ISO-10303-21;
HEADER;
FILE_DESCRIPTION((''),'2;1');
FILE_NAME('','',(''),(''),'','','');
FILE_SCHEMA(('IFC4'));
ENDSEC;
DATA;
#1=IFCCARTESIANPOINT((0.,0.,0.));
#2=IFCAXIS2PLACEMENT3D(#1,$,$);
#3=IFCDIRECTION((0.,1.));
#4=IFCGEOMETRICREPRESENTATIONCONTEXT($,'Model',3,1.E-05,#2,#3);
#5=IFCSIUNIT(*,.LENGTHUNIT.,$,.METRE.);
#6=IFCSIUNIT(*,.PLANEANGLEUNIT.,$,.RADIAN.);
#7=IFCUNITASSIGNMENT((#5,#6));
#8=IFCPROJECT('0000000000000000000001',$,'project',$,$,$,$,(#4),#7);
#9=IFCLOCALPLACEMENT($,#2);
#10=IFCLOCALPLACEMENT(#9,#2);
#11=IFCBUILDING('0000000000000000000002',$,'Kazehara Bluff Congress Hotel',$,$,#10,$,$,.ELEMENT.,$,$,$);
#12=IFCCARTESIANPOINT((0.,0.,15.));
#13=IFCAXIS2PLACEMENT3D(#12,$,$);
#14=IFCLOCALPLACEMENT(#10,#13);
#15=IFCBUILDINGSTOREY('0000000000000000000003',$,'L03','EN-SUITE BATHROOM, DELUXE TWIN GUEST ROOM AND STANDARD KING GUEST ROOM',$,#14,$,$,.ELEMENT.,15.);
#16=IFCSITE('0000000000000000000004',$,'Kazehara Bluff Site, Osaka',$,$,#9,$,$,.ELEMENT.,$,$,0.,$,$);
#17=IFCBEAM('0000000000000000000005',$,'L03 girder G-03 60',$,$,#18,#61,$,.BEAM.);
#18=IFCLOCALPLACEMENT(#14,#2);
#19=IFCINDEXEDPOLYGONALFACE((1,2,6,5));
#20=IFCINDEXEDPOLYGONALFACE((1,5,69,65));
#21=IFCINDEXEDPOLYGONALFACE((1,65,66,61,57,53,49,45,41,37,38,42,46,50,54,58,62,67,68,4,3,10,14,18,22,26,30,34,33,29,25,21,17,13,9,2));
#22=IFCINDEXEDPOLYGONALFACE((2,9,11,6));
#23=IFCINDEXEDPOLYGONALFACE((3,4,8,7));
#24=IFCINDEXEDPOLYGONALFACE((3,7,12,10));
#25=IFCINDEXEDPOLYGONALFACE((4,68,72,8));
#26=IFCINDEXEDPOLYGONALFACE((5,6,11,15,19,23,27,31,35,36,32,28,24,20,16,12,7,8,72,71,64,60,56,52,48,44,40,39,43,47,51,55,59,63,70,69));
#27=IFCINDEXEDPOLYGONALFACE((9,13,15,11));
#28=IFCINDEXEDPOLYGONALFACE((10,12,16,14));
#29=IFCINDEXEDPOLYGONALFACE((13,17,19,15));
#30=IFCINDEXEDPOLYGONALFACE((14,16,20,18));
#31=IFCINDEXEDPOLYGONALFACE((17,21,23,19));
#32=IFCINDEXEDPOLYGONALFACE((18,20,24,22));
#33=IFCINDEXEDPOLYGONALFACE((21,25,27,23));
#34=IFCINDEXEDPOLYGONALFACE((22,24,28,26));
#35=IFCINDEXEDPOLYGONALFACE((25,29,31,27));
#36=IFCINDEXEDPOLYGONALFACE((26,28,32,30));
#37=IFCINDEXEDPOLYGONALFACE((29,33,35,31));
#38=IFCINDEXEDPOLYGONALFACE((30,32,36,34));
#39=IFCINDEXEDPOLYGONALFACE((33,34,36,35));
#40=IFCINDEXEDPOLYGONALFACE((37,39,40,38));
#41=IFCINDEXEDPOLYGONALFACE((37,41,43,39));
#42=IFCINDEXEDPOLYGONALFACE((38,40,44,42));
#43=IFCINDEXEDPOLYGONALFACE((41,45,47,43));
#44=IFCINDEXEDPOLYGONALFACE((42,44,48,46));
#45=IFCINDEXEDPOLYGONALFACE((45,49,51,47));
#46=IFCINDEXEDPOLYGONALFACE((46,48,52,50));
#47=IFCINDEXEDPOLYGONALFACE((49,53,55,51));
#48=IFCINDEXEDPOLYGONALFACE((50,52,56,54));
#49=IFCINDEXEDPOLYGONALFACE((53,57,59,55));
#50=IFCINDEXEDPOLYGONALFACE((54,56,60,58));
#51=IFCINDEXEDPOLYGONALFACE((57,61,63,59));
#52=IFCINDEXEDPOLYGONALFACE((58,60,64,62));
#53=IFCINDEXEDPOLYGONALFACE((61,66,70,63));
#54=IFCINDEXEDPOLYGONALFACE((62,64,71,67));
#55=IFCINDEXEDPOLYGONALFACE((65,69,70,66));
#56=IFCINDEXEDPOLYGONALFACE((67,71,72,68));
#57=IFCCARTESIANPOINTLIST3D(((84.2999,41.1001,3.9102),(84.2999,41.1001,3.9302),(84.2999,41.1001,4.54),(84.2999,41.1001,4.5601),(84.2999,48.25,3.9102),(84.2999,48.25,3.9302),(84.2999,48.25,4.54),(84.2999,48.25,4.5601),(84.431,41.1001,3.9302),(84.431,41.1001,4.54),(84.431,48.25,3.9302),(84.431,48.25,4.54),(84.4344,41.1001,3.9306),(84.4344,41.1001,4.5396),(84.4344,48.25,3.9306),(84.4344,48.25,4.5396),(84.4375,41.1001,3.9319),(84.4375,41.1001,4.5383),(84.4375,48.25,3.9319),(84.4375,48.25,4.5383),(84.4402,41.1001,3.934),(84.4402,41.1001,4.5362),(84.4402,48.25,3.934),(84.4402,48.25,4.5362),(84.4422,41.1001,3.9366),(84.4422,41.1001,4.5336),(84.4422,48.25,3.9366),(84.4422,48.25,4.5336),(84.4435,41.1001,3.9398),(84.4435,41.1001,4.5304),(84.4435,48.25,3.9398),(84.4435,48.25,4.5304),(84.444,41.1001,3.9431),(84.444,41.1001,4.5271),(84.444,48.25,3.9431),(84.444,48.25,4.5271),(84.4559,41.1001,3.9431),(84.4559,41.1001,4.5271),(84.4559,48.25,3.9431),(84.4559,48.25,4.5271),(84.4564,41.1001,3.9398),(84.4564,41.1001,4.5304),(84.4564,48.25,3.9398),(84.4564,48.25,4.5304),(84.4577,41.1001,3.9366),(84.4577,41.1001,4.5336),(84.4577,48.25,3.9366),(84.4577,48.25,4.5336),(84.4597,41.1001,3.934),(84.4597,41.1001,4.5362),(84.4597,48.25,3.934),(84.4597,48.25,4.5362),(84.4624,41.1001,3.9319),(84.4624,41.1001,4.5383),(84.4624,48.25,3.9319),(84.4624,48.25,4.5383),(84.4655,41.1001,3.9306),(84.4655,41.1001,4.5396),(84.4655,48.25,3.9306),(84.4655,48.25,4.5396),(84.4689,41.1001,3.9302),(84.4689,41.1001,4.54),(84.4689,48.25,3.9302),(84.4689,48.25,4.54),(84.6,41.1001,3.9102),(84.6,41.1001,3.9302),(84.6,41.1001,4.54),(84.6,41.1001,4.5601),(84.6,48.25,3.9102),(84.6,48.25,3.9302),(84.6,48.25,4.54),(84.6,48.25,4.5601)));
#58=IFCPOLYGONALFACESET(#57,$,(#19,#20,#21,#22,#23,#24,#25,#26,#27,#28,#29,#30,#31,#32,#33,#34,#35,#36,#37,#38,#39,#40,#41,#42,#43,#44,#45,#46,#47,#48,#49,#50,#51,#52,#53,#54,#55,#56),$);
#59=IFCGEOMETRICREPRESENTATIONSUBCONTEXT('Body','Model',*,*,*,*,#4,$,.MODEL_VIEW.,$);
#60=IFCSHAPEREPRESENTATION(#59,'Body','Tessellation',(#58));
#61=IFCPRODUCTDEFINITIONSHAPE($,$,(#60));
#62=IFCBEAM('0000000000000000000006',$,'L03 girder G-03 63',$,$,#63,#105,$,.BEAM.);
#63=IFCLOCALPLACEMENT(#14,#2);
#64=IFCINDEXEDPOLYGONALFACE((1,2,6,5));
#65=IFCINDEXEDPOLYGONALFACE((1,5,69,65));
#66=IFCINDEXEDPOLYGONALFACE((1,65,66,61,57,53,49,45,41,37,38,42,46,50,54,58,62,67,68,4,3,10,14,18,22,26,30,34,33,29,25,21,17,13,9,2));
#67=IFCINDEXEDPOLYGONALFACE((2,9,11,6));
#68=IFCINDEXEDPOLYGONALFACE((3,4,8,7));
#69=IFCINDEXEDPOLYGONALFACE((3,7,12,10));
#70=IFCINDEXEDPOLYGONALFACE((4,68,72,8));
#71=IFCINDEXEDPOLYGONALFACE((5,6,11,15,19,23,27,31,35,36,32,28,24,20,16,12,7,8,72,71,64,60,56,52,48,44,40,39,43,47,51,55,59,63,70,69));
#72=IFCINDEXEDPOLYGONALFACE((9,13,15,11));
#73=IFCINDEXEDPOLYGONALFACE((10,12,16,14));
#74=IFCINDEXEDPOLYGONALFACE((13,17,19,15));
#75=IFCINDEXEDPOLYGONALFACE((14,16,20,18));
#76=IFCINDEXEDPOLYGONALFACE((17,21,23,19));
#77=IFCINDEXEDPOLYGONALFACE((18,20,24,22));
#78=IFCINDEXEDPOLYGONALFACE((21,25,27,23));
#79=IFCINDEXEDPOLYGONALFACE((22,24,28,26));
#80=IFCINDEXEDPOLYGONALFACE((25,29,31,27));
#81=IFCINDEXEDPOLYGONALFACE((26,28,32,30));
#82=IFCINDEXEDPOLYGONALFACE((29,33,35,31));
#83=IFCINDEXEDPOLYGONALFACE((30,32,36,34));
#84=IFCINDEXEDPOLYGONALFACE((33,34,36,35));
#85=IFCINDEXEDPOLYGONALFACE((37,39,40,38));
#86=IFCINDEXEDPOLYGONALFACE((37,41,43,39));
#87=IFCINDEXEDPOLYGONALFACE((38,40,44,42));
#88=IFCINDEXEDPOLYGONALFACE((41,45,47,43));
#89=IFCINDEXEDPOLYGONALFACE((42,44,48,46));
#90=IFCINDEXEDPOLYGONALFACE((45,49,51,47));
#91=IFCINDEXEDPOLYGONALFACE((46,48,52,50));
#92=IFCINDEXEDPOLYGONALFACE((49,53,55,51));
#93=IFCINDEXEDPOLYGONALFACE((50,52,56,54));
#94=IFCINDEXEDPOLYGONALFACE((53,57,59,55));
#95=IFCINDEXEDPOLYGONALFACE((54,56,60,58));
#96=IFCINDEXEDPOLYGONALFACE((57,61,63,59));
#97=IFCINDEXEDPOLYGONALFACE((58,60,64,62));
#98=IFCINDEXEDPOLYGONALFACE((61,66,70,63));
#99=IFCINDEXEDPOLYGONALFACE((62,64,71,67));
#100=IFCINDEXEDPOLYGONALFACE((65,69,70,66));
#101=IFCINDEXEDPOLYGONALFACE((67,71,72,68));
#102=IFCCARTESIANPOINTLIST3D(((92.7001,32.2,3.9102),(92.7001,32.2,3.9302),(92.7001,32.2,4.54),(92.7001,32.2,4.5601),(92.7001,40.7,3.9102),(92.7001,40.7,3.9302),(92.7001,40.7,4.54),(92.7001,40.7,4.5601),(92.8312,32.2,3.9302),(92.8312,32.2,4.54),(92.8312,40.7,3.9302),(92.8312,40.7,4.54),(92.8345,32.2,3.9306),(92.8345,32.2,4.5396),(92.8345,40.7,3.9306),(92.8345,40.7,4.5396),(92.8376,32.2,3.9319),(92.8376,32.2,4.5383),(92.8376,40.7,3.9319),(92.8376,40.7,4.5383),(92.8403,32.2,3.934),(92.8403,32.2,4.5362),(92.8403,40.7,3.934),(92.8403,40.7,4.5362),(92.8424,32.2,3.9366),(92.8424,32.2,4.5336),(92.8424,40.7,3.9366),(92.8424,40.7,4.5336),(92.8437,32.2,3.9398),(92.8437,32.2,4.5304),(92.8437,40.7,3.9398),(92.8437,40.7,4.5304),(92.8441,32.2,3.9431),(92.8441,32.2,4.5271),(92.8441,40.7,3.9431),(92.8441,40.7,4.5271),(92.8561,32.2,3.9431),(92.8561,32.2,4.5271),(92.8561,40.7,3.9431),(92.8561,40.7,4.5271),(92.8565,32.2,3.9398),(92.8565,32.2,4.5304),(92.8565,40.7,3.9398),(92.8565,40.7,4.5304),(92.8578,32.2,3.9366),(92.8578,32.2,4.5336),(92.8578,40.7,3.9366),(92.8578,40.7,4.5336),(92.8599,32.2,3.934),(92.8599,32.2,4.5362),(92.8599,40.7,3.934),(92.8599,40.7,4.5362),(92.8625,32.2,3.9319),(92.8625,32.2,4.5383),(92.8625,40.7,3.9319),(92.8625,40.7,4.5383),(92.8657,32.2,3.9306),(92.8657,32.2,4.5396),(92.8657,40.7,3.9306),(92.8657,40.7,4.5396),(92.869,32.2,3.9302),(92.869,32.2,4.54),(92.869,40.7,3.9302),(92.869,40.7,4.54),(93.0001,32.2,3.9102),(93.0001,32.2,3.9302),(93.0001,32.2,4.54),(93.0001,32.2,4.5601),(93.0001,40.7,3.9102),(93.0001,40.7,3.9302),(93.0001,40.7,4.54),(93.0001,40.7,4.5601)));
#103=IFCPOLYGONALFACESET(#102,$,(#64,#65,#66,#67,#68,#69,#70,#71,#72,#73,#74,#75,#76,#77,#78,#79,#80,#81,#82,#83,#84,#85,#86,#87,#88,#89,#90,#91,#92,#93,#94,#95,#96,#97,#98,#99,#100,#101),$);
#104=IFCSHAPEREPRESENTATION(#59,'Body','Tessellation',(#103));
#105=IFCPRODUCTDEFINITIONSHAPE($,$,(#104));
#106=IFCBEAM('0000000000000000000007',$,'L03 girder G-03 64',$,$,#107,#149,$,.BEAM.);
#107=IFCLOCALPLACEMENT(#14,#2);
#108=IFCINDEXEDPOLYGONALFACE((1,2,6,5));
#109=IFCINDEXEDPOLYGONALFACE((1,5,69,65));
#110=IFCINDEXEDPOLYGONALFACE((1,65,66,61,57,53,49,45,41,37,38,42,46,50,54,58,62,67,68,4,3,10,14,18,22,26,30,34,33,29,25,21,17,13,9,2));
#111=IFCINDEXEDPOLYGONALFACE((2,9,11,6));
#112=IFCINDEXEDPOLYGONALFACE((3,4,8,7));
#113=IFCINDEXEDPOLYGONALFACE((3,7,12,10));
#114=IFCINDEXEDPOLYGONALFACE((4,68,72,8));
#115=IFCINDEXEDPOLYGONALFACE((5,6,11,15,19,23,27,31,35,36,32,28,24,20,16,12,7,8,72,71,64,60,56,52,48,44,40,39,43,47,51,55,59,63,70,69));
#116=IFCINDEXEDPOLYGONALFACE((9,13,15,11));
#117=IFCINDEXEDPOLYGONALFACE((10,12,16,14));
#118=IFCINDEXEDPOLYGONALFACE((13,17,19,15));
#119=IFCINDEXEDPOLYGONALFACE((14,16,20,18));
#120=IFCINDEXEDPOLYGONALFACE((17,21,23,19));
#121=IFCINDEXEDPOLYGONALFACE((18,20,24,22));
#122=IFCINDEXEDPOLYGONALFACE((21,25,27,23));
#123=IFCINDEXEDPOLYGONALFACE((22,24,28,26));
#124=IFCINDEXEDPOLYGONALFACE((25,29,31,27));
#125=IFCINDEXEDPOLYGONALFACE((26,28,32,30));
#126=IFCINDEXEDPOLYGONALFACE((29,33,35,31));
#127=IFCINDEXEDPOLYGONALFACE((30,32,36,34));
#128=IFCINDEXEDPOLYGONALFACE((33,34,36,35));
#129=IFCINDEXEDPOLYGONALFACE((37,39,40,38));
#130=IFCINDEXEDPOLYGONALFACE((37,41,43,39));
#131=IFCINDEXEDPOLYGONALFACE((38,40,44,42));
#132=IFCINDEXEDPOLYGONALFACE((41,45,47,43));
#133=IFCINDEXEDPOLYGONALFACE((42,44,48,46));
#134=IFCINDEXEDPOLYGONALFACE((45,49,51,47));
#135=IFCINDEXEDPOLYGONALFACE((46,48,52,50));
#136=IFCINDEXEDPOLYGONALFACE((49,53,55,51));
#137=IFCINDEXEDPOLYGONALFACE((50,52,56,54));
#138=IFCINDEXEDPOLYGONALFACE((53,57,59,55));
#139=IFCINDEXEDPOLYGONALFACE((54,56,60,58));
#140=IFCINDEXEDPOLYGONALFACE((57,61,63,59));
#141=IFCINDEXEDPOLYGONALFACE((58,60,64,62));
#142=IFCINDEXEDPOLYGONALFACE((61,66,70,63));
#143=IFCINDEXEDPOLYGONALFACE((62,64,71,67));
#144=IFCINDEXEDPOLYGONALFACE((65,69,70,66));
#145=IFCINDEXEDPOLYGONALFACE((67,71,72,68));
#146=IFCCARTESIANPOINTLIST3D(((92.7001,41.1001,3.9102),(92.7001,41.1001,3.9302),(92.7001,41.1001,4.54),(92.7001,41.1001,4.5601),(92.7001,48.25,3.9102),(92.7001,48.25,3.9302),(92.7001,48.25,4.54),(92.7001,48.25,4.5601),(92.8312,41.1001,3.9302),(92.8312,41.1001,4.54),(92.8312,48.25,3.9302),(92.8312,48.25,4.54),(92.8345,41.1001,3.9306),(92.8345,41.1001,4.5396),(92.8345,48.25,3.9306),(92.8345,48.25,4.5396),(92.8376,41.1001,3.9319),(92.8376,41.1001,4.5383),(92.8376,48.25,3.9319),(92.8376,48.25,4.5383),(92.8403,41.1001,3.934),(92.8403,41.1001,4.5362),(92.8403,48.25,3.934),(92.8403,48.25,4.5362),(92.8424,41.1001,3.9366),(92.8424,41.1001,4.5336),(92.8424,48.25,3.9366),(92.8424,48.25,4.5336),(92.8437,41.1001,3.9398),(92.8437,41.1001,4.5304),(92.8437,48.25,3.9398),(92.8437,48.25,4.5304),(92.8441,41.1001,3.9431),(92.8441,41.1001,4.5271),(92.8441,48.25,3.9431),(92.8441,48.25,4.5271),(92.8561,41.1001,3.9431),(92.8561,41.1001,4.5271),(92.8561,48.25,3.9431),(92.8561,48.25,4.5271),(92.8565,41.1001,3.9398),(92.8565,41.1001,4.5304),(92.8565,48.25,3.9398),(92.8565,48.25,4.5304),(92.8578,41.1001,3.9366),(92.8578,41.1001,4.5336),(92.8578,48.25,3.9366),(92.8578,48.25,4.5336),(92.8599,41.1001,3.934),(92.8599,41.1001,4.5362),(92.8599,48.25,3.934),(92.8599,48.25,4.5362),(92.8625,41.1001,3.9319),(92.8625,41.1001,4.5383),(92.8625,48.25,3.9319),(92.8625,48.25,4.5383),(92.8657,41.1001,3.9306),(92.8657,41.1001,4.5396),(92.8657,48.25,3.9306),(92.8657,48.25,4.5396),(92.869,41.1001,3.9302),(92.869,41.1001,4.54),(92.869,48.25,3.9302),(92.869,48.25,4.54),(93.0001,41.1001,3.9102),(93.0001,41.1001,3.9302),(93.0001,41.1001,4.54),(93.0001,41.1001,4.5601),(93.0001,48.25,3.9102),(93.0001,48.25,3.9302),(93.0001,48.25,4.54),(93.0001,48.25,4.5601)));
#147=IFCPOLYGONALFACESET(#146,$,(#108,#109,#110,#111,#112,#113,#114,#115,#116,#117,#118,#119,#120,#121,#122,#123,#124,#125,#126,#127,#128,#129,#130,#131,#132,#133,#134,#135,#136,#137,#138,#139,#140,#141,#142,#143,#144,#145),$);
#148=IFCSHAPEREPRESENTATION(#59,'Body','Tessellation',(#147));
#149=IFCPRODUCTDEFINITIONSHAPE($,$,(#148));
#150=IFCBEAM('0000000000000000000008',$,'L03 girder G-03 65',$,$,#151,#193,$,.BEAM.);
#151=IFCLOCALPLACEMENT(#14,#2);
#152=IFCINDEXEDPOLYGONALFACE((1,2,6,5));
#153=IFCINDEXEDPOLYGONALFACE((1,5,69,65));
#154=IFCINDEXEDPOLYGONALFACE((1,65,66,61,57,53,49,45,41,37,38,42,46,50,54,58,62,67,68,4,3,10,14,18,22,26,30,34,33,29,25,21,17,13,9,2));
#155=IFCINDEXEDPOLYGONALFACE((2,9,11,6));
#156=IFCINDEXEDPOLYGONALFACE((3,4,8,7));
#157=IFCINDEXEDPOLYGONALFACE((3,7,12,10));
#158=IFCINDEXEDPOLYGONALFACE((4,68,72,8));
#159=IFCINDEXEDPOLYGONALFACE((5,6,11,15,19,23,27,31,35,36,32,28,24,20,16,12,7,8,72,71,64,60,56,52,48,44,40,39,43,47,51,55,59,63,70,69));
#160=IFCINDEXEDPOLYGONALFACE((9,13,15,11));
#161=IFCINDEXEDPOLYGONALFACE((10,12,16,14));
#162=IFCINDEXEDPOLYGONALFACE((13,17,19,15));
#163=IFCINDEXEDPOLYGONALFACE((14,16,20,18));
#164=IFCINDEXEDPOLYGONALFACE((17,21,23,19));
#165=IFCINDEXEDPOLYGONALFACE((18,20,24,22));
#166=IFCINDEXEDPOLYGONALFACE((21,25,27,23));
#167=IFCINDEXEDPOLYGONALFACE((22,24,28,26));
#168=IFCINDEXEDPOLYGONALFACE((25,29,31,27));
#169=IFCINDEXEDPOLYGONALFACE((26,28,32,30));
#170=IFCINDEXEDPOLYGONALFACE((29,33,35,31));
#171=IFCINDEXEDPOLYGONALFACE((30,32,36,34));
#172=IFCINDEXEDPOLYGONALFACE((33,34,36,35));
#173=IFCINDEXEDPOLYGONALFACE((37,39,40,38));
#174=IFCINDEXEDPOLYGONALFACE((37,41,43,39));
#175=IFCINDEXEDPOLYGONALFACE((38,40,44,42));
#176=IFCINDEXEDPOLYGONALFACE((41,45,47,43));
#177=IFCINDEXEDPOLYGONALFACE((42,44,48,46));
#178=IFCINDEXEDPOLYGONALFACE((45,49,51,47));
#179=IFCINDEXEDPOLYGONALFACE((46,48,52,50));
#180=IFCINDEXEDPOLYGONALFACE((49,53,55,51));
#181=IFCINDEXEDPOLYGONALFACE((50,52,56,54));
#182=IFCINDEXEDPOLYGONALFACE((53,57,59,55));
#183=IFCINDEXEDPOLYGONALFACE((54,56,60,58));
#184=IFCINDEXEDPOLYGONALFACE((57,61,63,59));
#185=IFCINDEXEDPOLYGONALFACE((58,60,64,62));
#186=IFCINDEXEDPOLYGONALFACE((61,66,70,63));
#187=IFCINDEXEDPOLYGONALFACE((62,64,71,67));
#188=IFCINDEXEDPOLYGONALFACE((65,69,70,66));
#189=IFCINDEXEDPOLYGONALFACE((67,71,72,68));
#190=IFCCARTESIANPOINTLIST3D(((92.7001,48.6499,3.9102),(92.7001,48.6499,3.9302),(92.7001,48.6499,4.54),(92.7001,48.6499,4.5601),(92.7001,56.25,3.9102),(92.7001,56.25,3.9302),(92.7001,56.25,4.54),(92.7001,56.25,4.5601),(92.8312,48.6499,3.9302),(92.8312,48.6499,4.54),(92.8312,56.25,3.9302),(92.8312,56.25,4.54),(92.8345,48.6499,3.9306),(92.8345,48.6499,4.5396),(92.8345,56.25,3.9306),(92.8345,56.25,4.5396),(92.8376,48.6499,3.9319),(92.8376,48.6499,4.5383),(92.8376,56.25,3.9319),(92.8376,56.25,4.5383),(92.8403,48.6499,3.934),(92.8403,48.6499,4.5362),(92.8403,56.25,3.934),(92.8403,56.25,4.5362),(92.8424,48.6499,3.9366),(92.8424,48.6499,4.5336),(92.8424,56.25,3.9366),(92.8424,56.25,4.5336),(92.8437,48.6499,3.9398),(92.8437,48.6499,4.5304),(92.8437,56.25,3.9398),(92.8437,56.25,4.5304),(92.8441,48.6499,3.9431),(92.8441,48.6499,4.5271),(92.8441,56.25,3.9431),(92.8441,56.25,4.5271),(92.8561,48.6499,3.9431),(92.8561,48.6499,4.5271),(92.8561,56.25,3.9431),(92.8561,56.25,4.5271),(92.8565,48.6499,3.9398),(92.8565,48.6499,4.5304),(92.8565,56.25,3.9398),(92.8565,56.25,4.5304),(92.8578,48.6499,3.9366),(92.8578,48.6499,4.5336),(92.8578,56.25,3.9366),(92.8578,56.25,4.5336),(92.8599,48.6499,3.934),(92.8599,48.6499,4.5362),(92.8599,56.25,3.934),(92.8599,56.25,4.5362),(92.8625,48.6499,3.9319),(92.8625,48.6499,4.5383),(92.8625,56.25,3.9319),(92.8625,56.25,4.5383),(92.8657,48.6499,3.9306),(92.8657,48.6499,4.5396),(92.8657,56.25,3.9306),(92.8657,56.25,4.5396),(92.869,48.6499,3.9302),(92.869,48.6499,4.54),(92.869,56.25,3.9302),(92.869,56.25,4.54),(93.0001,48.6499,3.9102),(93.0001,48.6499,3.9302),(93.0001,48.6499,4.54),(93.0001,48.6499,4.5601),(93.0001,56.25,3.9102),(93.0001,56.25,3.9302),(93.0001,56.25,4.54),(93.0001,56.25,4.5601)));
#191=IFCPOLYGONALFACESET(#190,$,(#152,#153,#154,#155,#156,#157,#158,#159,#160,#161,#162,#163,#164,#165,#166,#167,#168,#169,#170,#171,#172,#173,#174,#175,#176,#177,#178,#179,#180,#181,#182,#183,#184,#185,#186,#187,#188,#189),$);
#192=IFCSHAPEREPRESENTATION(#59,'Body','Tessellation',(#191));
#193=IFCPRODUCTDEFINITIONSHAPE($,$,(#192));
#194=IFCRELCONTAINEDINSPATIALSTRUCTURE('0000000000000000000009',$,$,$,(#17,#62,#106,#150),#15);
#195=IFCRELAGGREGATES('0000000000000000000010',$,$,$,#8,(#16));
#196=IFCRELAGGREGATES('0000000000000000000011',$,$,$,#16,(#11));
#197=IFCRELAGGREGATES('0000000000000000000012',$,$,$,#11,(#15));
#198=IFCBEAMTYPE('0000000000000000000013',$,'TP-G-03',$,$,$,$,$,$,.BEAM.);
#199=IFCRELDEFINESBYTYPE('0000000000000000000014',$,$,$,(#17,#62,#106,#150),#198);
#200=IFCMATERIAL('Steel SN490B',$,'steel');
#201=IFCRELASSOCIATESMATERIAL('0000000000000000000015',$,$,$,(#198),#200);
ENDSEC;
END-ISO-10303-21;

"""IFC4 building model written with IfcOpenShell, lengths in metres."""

from ifc_helpers import new_model, si_unit, direction, frame, origin, origin_2d, place, context, subcontext, project, spatial, i_section, extrude, material, material_profile, profile_set, type_object, element, save


model = new_model("IFC4")

# Units and contexts
model_context = context("Model", 3, precision=1e-05, world=origin(), true_north=direction((0.0, 1.0)))
body_context = subcontext(model_context, "Body", "Model", "MODEL_VIEW")
ifc_project = project(units=[si_unit("LENGTHUNIT", "METRE"), si_unit("PLANEANGLEUNIT", "RADIAN")], contexts=[model_context])

# Site, building, storey
site_placement = place(None, origin())
site = spatial("IfcSite", under=ifc_project, at=site_placement, Name="Kazehara Bluff Site, Osaka", CompositionType="ELEMENT", RefElevation=0.0)
building_placement = place(site_placement, origin())
building = spatial("IfcBuilding", under=site, at=building_placement, Name="Kazehara Bluff Congress Hotel", CompositionType="ELEMENT")
storey_placement = place(building_placement, frame((0.0, 0.0, 15.0)))
storey = spatial("IfcBuildingStorey", under=building, at=storey_placement, Name="L03", Description="EN-SUITE BATHROOM, DELUXE TWIN GUEST ROOM AND STANDARD KING GUEST ROOM", CompositionType="ELEMENT", Elevation=15.0)

# Beams
ifc_material_1 = material(Name="Steel SN490B", Category="steel")
ifc_material_profile_1 = material_profile(ifc_material_1, i_section(OverallWidth=0.3, OverallDepth=0.6499, WebThickness=0.012, FlangeThickness=0.02, FilletRadius=0.0129, at=origin_2d()))
ifc_profile_set_1 = profile_set([ifc_material_profile_1], Name="Steel SN490B")
beam_type_1 = type_object("IfcBeamType", Name="TP-G-03", PredefinedType="BEAM", material=ifc_profile_set_1)
beam_1_placement = place(storey_placement, frame((84.45, 41.1001, 4.2351), z_axis=(0.0, 1.0, 0.0), x_axis=(-1.0, 0.0, 0.0)))
element("IfcBeam", 1, at=beam_1_placement, inside=storey, type_object=beam_type_1, Name="L03 girder G-03 60", PredefinedType="BEAM", context=body_context, shape_type="SweptSolid", body=[
    extrude(i_section(OverallWidth=0.3, OverallDepth=0.6499, WebThickness=0.012, FlangeThickness=0.02, FilletRadius=0.0129, at=origin_2d()), origin(), (0.0, 0.0, 1.0), 7.1499),
])
beam_2_placement = place(storey_placement, frame((92.8501, 32.2, 4.2351), z_axis=(0.0, 1.0, 0.0), x_axis=(-1.0, 0.0, 0.0)))
element("IfcBeam", 2, at=beam_2_placement, inside=storey, type_object=beam_type_1, Name="L03 girder G-03 63", PredefinedType="BEAM", context=body_context, shape_type="SweptSolid", body=[
    extrude(i_section(OverallWidth=0.3, OverallDepth=0.6499, WebThickness=0.012, FlangeThickness=0.02, FilletRadius=0.0129, at=origin_2d()), origin(), (0.0, 0.0, 1.0), 8.5),
])
beam_3_placement = place(storey_placement, frame((92.8501, 41.1001, 4.2351), z_axis=(0.0, 1.0, 0.0), x_axis=(-1.0, 0.0, 0.0)))
element("IfcBeam", 3, at=beam_3_placement, inside=storey, type_object=beam_type_1, Name="L03 girder G-03 64", PredefinedType="BEAM", context=body_context, shape_type="SweptSolid", body=[
    extrude(i_section(OverallWidth=0.3, OverallDepth=0.6499, WebThickness=0.012, FlangeThickness=0.02, FilletRadius=0.0129, at=origin_2d()), origin(), (0.0, 0.0, 1.0), 7.1499),
])
beam_4_placement = place(storey_placement, frame((92.8501, 48.6499, 4.2351), z_axis=(0.0, 1.0, 0.0), x_axis=(-1.0, 0.0, 0.0)))
element("IfcBeam", 4, at=beam_4_placement, inside=storey, type_object=beam_type_1, Name="L03 girder G-03 65", PredefinedType="BEAM", context=body_context, shape_type="SweptSolid", body=[
    extrude(i_section(OverallWidth=0.3, OverallDepth=0.6499, WebThickness=0.012, FlangeThickness=0.02, FilletRadius=0.0129, at=origin_2d()), origin(), (0.0, 0.0, 1.0), 7.6001),
])

save(model, "model.ifc")
